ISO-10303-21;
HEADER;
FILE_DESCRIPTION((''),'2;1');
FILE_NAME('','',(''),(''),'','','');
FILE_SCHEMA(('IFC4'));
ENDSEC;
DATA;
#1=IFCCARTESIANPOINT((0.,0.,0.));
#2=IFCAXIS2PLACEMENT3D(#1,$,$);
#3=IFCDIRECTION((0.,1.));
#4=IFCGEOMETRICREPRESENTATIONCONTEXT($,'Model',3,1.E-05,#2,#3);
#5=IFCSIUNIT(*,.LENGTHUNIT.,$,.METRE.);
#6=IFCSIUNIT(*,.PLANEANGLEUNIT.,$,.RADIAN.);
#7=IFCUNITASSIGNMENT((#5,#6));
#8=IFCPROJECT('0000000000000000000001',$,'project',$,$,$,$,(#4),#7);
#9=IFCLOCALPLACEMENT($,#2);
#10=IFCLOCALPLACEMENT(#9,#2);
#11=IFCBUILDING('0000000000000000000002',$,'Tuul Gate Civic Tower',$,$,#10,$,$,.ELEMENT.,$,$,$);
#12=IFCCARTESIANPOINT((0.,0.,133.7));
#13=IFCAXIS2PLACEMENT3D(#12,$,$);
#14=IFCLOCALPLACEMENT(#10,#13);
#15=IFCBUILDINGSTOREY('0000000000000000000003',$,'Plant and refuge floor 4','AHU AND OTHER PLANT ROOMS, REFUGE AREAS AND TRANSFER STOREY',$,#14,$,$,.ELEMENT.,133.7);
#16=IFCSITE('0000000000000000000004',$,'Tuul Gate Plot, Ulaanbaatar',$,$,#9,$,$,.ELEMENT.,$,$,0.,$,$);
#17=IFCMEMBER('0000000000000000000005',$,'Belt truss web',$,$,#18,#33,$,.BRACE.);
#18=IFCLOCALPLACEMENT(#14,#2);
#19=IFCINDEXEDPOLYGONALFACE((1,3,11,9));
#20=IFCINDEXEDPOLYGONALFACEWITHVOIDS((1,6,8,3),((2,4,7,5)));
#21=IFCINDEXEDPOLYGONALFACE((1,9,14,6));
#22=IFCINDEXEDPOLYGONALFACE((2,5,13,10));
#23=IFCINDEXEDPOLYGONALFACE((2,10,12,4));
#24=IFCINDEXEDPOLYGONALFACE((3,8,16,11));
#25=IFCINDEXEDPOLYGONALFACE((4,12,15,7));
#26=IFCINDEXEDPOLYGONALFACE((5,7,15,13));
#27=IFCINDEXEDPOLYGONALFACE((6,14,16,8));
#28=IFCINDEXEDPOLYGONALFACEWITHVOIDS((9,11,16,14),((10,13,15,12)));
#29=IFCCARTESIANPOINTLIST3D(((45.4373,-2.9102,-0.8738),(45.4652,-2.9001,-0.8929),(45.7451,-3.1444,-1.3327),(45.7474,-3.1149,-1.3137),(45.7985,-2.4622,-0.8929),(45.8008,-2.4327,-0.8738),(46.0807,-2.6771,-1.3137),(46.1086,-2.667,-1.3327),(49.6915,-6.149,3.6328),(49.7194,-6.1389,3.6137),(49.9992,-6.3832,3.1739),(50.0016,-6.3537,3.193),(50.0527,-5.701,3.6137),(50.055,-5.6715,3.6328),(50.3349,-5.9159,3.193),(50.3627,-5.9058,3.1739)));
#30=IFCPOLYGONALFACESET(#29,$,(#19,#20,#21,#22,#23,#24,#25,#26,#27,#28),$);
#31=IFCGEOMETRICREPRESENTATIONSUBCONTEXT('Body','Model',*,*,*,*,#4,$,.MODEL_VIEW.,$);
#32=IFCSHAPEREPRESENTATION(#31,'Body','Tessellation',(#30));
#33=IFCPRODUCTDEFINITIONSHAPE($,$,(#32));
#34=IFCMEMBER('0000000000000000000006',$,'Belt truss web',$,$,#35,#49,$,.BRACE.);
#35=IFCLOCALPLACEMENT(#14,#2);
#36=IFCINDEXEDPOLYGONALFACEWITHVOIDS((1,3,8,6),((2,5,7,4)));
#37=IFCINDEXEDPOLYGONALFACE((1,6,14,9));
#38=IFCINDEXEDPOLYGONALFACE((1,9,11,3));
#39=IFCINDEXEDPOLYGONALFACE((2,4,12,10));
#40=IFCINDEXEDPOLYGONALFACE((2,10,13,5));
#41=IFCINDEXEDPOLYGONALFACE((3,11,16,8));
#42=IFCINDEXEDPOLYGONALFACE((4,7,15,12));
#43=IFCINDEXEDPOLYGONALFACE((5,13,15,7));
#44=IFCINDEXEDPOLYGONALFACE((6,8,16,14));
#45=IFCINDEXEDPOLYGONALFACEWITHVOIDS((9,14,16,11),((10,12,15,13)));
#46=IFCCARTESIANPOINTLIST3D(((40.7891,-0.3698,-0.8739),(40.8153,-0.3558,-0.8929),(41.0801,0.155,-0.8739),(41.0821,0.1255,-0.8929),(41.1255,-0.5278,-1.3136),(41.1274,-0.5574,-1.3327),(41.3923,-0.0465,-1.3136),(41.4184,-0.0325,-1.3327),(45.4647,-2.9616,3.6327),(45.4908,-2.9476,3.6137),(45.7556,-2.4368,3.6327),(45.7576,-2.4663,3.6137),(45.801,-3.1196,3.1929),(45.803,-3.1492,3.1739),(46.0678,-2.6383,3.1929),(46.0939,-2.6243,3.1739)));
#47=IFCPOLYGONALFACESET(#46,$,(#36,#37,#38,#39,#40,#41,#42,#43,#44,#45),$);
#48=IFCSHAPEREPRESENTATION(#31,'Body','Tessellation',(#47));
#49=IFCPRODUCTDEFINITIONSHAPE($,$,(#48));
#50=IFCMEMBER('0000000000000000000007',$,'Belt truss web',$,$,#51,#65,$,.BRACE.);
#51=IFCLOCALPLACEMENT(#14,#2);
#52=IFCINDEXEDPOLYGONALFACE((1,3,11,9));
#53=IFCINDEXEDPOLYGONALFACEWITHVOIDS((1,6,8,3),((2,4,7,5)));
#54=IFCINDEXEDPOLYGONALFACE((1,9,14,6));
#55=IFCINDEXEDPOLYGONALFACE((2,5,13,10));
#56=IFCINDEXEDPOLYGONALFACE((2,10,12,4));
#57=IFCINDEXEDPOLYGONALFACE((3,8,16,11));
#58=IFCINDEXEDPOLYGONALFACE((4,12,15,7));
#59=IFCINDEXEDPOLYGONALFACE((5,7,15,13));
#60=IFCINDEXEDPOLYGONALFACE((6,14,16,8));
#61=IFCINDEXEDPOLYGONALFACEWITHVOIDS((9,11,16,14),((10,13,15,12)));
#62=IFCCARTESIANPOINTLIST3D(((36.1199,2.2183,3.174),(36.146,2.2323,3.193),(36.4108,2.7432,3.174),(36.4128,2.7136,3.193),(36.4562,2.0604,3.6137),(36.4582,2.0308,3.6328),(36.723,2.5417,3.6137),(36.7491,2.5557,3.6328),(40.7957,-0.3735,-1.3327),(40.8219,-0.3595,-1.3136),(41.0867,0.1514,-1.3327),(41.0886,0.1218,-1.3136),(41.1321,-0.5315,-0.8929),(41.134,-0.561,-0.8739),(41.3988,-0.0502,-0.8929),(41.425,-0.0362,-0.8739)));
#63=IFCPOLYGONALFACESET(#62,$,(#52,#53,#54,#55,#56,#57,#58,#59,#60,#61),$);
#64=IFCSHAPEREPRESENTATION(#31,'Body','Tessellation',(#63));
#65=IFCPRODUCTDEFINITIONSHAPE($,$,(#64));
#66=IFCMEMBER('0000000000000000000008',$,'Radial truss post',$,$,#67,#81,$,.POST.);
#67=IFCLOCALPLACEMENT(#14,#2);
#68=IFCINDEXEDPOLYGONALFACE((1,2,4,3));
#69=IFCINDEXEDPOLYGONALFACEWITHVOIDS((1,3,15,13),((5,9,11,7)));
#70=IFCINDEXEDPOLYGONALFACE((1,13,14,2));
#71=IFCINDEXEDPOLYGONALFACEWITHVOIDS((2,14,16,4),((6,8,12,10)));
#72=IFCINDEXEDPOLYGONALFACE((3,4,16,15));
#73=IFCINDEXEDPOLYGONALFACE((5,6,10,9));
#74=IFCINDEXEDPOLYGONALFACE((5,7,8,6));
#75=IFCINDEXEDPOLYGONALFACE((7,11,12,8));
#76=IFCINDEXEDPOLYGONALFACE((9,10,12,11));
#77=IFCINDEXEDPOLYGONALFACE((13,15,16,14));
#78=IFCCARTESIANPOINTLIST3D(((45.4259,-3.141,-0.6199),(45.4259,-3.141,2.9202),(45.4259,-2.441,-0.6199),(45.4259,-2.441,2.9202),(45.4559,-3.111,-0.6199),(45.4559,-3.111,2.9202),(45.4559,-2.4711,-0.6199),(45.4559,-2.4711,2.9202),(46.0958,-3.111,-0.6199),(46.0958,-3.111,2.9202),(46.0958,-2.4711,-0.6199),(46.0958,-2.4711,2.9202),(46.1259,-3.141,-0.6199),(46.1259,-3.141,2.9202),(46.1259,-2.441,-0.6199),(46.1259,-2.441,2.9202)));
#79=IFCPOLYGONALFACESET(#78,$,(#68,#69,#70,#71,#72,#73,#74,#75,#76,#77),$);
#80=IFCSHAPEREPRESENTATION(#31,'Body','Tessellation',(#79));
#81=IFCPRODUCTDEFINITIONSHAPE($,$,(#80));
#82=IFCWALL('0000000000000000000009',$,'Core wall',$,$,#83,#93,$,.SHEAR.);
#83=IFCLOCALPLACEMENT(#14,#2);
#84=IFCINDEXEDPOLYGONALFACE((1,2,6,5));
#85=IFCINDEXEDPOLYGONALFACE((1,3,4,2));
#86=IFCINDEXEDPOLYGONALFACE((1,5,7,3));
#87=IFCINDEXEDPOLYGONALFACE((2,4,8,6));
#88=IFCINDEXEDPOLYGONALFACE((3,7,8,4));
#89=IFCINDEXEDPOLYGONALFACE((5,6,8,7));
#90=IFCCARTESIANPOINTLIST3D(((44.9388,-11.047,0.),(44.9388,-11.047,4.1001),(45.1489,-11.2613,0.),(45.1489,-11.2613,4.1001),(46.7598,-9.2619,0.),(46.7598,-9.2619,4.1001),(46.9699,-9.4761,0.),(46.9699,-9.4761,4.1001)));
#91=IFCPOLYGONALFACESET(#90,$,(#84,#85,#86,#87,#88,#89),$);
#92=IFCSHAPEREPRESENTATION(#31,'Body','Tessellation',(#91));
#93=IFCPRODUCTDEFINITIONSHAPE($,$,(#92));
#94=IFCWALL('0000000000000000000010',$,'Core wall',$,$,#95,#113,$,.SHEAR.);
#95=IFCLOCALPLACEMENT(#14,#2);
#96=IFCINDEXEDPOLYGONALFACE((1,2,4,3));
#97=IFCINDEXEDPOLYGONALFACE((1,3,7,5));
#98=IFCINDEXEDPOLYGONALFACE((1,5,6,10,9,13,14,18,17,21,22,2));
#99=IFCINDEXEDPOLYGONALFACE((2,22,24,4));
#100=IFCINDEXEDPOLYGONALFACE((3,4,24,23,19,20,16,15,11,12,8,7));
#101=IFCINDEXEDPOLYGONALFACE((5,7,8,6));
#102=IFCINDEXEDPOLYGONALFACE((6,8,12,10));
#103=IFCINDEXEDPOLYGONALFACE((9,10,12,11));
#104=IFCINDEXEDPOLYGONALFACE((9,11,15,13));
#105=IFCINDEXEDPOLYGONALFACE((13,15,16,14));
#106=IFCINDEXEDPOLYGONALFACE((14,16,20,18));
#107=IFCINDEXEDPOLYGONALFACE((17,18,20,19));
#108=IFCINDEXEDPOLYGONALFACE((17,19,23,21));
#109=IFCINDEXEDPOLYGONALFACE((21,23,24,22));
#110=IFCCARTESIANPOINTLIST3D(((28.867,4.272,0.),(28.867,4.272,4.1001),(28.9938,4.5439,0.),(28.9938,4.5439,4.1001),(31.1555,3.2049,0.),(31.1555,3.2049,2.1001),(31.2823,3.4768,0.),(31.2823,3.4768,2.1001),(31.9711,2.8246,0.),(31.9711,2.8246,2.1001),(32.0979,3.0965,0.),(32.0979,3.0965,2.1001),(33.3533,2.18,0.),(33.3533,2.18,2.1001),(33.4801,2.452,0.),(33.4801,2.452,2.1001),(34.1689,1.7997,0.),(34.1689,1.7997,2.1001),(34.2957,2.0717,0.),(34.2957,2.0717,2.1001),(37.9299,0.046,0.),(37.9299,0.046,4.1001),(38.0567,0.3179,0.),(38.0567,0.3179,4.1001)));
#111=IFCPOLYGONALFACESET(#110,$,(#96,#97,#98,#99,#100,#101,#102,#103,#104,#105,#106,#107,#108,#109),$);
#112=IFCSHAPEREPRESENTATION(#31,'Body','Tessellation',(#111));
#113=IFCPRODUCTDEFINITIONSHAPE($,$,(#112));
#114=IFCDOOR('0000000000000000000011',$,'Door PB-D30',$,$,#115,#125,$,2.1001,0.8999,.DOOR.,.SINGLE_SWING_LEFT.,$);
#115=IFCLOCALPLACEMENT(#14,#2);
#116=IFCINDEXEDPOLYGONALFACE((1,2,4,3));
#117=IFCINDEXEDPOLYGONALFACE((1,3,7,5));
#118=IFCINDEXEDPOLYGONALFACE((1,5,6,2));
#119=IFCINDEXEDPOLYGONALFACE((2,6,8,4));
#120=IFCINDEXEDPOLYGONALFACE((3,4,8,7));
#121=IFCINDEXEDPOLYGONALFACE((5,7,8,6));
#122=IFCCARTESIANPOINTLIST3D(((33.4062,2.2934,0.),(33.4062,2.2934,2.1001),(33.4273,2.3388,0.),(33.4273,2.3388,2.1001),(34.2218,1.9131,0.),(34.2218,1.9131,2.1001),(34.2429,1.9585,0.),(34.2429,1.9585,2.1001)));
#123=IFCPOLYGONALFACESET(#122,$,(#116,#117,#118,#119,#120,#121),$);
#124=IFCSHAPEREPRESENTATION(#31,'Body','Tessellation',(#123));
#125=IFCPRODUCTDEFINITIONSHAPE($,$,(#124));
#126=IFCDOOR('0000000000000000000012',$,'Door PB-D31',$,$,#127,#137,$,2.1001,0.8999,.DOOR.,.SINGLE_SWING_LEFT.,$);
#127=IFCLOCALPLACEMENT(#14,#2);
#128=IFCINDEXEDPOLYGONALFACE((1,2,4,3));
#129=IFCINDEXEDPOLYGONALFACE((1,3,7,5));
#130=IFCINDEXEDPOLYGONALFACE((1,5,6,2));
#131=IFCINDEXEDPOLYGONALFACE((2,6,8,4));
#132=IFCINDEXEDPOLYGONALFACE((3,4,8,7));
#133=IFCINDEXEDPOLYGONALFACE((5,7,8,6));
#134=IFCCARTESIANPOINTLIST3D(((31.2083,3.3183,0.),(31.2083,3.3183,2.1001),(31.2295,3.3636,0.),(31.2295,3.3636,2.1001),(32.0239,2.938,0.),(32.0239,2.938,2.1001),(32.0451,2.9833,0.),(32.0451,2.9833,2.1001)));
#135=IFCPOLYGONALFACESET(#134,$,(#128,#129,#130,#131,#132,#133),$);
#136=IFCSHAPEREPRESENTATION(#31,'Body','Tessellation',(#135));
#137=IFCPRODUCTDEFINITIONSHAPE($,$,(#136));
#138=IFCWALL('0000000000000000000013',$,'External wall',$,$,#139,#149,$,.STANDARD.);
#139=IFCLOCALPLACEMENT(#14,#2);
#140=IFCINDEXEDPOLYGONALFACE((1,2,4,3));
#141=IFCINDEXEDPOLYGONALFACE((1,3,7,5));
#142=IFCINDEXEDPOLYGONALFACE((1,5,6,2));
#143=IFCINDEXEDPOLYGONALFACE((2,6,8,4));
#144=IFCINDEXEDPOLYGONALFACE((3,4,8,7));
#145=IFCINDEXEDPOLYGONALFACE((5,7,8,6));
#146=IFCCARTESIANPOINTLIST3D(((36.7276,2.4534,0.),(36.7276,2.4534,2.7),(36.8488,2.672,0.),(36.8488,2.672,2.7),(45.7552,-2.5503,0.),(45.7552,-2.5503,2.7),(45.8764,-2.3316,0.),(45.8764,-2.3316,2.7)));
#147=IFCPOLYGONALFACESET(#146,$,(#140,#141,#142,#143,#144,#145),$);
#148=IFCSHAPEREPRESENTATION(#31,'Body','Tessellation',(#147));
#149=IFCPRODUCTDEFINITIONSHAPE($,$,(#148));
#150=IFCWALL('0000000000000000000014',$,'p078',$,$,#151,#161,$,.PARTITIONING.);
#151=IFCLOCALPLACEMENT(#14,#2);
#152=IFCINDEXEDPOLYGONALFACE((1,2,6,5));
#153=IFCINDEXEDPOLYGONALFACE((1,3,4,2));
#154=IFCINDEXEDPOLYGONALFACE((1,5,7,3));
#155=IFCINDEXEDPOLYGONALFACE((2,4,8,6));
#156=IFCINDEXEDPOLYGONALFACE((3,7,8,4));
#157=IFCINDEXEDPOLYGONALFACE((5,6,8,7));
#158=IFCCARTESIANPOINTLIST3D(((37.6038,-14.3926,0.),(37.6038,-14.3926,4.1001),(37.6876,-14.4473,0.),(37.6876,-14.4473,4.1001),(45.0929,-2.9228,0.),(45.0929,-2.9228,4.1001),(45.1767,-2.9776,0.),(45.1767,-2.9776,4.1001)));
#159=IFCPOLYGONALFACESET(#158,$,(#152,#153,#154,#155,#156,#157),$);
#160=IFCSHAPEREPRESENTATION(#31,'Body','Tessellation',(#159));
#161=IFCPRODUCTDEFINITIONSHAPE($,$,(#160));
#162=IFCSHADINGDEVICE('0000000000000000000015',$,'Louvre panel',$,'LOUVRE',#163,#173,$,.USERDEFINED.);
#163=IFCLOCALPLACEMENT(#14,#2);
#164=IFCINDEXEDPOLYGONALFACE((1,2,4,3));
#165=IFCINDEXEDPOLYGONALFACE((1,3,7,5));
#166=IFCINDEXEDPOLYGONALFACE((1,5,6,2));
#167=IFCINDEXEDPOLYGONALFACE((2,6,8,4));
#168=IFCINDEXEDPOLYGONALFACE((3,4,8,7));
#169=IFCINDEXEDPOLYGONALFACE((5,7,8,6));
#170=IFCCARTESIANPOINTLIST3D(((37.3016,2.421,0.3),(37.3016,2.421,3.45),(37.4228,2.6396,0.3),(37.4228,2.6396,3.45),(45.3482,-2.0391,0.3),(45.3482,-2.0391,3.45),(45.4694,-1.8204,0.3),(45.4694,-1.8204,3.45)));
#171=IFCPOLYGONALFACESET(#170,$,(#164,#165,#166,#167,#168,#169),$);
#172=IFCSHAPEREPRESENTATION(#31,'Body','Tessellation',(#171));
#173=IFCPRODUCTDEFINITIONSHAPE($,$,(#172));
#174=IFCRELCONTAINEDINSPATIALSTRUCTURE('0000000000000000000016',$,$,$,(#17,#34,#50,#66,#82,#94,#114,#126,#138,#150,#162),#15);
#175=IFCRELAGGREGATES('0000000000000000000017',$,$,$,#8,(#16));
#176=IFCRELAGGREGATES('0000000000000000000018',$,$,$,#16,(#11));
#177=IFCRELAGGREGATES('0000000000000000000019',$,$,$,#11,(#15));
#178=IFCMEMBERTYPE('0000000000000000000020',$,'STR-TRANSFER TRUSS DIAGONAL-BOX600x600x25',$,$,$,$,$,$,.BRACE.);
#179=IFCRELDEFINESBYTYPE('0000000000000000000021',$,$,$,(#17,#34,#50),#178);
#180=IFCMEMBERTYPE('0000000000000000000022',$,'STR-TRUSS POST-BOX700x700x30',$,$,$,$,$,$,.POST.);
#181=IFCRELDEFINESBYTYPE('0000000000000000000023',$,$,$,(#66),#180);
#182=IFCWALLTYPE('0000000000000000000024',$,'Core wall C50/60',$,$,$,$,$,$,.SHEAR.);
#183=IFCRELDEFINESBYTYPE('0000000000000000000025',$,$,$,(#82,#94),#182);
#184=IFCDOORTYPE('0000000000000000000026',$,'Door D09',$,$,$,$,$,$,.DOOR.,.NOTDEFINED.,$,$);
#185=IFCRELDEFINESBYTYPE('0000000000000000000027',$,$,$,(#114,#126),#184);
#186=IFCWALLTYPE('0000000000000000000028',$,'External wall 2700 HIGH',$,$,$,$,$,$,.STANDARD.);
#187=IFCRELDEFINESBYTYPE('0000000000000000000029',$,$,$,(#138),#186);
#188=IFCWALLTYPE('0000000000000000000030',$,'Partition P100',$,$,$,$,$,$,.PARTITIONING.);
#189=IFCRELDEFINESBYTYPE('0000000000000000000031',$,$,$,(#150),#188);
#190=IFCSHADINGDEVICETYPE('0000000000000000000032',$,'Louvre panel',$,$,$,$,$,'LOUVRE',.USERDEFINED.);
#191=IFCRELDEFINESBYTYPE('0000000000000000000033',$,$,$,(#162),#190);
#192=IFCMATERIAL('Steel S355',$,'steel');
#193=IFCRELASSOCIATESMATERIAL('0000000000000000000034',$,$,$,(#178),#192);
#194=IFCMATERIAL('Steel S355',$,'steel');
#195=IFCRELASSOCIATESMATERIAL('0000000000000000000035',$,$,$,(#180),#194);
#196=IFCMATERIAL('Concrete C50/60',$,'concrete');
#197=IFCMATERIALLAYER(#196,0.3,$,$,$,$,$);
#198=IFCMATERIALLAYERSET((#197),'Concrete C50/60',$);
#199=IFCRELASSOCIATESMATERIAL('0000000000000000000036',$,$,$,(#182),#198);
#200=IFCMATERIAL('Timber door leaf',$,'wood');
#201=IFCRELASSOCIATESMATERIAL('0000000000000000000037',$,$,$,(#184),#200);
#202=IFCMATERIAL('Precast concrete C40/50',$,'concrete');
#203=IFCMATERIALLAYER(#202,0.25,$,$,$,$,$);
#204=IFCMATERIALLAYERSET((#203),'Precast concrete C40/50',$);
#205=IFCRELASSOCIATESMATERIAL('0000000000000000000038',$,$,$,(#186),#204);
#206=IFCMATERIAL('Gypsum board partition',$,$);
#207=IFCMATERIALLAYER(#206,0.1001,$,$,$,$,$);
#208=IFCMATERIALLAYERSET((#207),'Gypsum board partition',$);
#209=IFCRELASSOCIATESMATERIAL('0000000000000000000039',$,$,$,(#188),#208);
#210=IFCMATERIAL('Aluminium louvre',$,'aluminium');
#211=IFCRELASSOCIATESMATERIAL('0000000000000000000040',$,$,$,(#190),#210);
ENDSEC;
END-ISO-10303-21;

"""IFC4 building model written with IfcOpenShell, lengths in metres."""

from ifc_helpers import new_model, si_unit, direction, frame, frame_2d, origin, origin_2d, place, context, subcontext, project, spatial, rectangle, hollow_rectangle, extrude, material, layer, layer_set, material_profile, profile_set, type_object, element, fill, save


model = new_model("IFC4")

# Units and contexts
model_context = context("Model", 3, precision=1e-05, world=origin(), true_north=direction((0.0, 1.0)))
body_context = subcontext(model_context, "Body", "Model", "MODEL_VIEW")
ifc_project = project(units=[si_unit("LENGTHUNIT", "METRE"), si_unit("PLANEANGLEUNIT", "RADIAN")], contexts=[model_context])

# Site, building, storey
site_placement = place(None, origin())
site = spatial("IfcSite", under=ifc_project, at=site_placement, Name="Tuul Gate Plot, Ulaanbaatar", CompositionType="ELEMENT", RefElevation=0.0)
building_placement = place(site_placement, origin())
building = spatial("IfcBuilding", under=site, at=building_placement, Name="Tuul Gate Civic Tower", CompositionType="ELEMENT")
storey_placement = place(building_placement, frame((0.0, 0.0, 133.7)))
storey = spatial("IfcBuildingStorey", under=building, at=storey_placement, Name="Plant and refuge floor 4", Description="AHU AND OTHER PLANT ROOMS, REFUGE AREAS AND TRANSFER STOREY", CompositionType="ELEMENT", Elevation=133.7)

# Members
ifc_material_1 = material(Name="Steel S355", Category="steel")
ifc_material_profile_1 = material_profile(ifc_material_1, hollow_rectangle(XDim=0.6001, YDim=0.6001, WallThickness=0.0249, at=origin_2d()), Name="BOX600x600x25")
ifc_profile_set_1 = profile_set([ifc_material_profile_1], Name="Steel S355")
member_type_1 = type_object("IfcMemberType", Name="STR-TRANSFER TRUSS DIAGONAL-BOX600x600x25", PredefinedType="BRACE", material=ifc_profile_set_1)
member_1_placement = place(storey_placement, frame((45.7729, -2.7886, -1.1033), z_axis=(0.608377, -0.463169, 0.644478), x_axis=(0.605749, 0.795656, 0.0)))
element("IfcMember", 1, at=member_1_placement, inside=storey, type_object=member_type_1, Name="Belt truss web", PredefinedType="BRACE", context=body_context, shape_type="SweptSolid", body=[
    extrude(hollow_rectangle(XDim=0.6001, YDim=0.6001, WallThickness=0.0249, at=origin_2d()), origin(), (0.0, 0.0, 1.0), 6.9927),
])
member_2_placement = place(storey_placement, frame((41.1038, -0.2012, -1.1033), z_axis=(0.668702, -0.370683, 0.64454), x_axis=(0.484825, 0.874611, 0.0)))
element("IfcMember", 2, at=member_2_placement, inside=storey, type_object=member_type_1, Name="Belt truss web", PredefinedType="BRACE", context=body_context, shape_type="SweptSolid", body=[
    extrude(hollow_rectangle(XDim=0.6001, YDim=0.6001, WallThickness=0.0249, at=origin_2d()), origin(), (0.0, 0.0, 1.0), 6.9919),
])
member_3_placement = place(storey_placement, frame((41.1104, -0.2048, -1.1033), z_axis=(-0.668722, 0.370674, 0.644525), x_axis=(-0.484805, -0.874622, 0.0)))
element("IfcMember", 3, at=member_3_placement, inside=storey, type_object=member_type_1, Name="Belt truss web", PredefinedType="BRACE", context=body_context, shape_type="SweptSolid", body=[
    extrude(hollow_rectangle(XDim=0.6001, YDim=0.6001, WallThickness=0.0249, at=origin_2d()), origin(), (0.0, 0.0, 1.0), 6.9922),
])
ifc_material_2 = material(Name="Steel S355", Category="steel")
ifc_material_profile_2 = material_profile(ifc_material_2, hollow_rectangle(XDim=0.7, YDim=0.7, WallThickness=0.03, at=origin_2d()), Name="BOX700x700x30")
ifc_profile_set_2 = profile_set([ifc_material_profile_2], Name="Steel S355")
member_type_2 = type_object("IfcMemberType", Name="STR-TRUSS POST-BOX700x700x30", PredefinedType="POST", material=ifc_profile_set_2)
member_4_placement = place(storey_placement, frame((45.7759, -2.791, -0.6199), z_axis=(0.0, 0.0, 1.0), x_axis=(1.0, 0.0, 0.0)))
element("IfcMember", 4, at=member_4_placement, inside=storey, type_object=member_type_2, Name="Radial truss post", PredefinedType="POST", context=body_context, shape_type="SweptSolid", body=[
    extrude(hollow_rectangle(XDim=0.7, YDim=0.7, WallThickness=0.03, at=origin_2d()), origin(), (0.0, 0.0, 1.0), 3.54),
])

# Wall
ifc_material_3 = material(Name="Concrete C50/60", Category="concrete")
ifc_layer_1 = layer(ifc_material_3, 0.3)
ifc_layer_set_1 = layer_set([ifc_layer_1], Name="Concrete C50/60")
wall_type_1 = type_object("IfcWallType", Name="Core wall C50/60", PredefinedType="SHEAR", material=ifc_layer_set_1)
wall_1_placement = place(storey_placement, frame((45.0439, -11.1541, 0.0), z_axis=(0.0, 0.0, 1.0), x_axis=(0.714108, 0.700035, 0.0)))
element("IfcWall", 5, at=wall_1_placement, inside=storey, type_object=wall_type_1, Name="Core wall", PredefinedType="SHEAR", context=body_context, shape_type="SweptSolid", body=[
    extrude(rectangle(XDim=2.55, YDim=0.3, at=frame_2d((1.2749, 0.0))), origin(), (0.0, 0.0, 1.0), 4.1001),
])

# Wall, openings, doors
wall_2_placement = place(storey_placement, frame((37.9934, 0.1819, 0.0), z_axis=(0.0, 0.0, 1.0), x_axis=(-0.90631, 0.422613, 0.0)))
wall_2 = element("IfcWall", 6, at=wall_2_placement, inside=storey, type_object=wall_type_1, Name="Core wall", PredefinedType="SHEAR", context=body_context, shape_type="SweptSolid", body=[
    extrude(rectangle(XDim=9.9998, YDim=0.3, at=frame_2d((5.0, 0.0))), origin(), (0.0, 0.0, 1.0), 4.1001),
])
opening_1_placement = place(wall_2_placement, frame((4.1499, 0.0, 0.0)))
opening_1 = element("IfcOpeningElement", 7, at=opening_1_placement, cuts=wall_2, PredefinedType="OPENING", context=body_context, shape_type="SweptSolid", body=[
    extrude(rectangle(XDim=0.8999, YDim=2.1001, at=frame_2d((0.45, 1.05))), frame((0.0, 0.1602, 0.0), z_axis=(0.0, -1.0, 0.0), x_axis=(1.0, 0.0, 0.0)), (0.0, 0.0, 1.0), 0.3201),
])
opening_2_placement = place(wall_2_placement, frame((6.575, 0.0, 0.0)))
opening_2 = element("IfcOpeningElement", 8, at=opening_2_placement, cuts=wall_2, PredefinedType="OPENING", context=body_context, shape_type="SweptSolid", body=[
    extrude(rectangle(XDim=0.8999, YDim=2.1001, at=frame_2d((0.45, 1.05))), frame((0.0, 0.1602, 0.0), z_axis=(0.0, -1.0, 0.0), x_axis=(1.0, 0.0, 0.0)), (0.0, 0.0, 1.0), 0.3201),
])
ifc_material_4 = material(Name="Timber door leaf", Category="wood")
door_type = type_object("IfcDoorType", Name="Door D09", OperationType="NOTDEFINED", PredefinedType="DOOR", material=ifc_material_4)
door_1_placement = place(opening_1_placement, origin())
door_1 = element("IfcDoor", 9, at=door_1_placement, inside=storey, type_object=door_type, Name="Door PB-D30", OperationType="SINGLE_SWING_LEFT", OverallHeight=2.1001, OverallWidth=0.8999, PredefinedType="DOOR", context=body_context, shape_type="SweptSolid", body=[
    extrude(rectangle(XDim=0.8999, YDim=2.1001, at=frame_2d((0.45, 1.05))), frame((0.0, 0.0249, 0.0), z_axis=(0.0, -1.0, 0.0), x_axis=(1.0, 0.0, 0.0)), (0.0, 0.0, 1.0), 0.05),
])
fill(opening_1, door_1)
door_2_placement = place(opening_2_placement, origin())
door_2 = element("IfcDoor", 10, at=door_2_placement, inside=storey, type_object=door_type, Name="Door PB-D31", OperationType="SINGLE_SWING_LEFT", OverallHeight=2.1001, OverallWidth=0.8999, PredefinedType="DOOR", context=body_context, shape_type="SweptSolid", body=[
    extrude(rectangle(XDim=0.8999, YDim=2.1001, at=frame_2d((0.45, 1.05))), frame((0.0, 0.0249, 0.0), z_axis=(0.0, -1.0, 0.0), x_axis=(1.0, 0.0, 0.0)), (0.0, 0.0, 1.0), 0.05),
])
fill(opening_2, door_2)

# Walls
ifc_material_5 = material(Name="Precast concrete C40/50", Category="concrete")
ifc_layer_2 = layer(ifc_material_5, 0.25)
ifc_layer_set_2 = layer_set([ifc_layer_2], Name="Precast concrete C40/50")
wall_type_2 = type_object("IfcWallType", Name="External wall 2700 HIGH", PredefinedType="STANDARD", material=ifc_layer_set_2)
wall_3_placement = place(storey_placement, frame((45.8157, -2.4409, 0.0), z_axis=(0.0, 0.0, 1.0), x_axis=(-0.874637, 0.484779, 0.0)))
element("IfcWall", 11, at=wall_3_placement, inside=storey, type_object=wall_type_2, Name="External wall", PredefinedType="STANDARD", context=body_context, shape_type="SweptSolid", body=[
    extrude(rectangle(XDim=10.3215, YDim=0.25, at=frame_2d((5.1606, 0.0))), origin(), (0.0, 0.0, 1.0), 2.7),
])
ifc_material_6 = material(Name="Gypsum board partition")
ifc_layer_3 = layer(ifc_material_6, 0.1001)
ifc_layer_set_3 = layer_set([ifc_layer_3], Name="Gypsum board partition")
wall_type_3 = type_object("IfcWallType", Name="Partition P100", PredefinedType="PARTITIONING", material=ifc_layer_set_3)
wall_4_placement = place(storey_placement, frame((45.1348, -2.9502, 0.0), z_axis=(0.0, 0.0, 1.0), x_axis=(-0.546716, -0.837318, 0.0)))
element("IfcWall", 12, at=wall_4_placement, inside=storey, type_object=wall_type_3, Name="p078", PredefinedType="PARTITIONING", context=body_context, shape_type="SweptSolid", body=[
    extrude(rectangle(XDim=13.6982, YDim=0.1001, at=frame_2d((6.8491, 0.0))), origin(), (0.0, 0.0, 1.0), 4.1001),
])

# Shading device
ifc_material_7 = material(Name="Aluminium louvre", Category="aluminium")
shading_device_type = type_object("IfcShadingDeviceType", Name="Louvre panel", ElementType="LOUVRE", PredefinedType="USERDEFINED", material=ifc_material_7)
shading_device_placement = place(storey_placement, frame((41.3855, 0.3003, 0.3), z_axis=(0.0, 0.0, 1.0), x_axis=(0.484789, 0.874631, 0.0)))
element("IfcShadingDevice", 13, at=shading_device_placement, inside=storey, type_object=shading_device_type, Name="Louvre panel", ObjectType="LOUVRE", PredefinedType="USERDEFINED", context=body_context, shape_type="SweptSolid", body=[
    extrude(rectangle(XDim=0.25, YDim=9.2, at=origin_2d()), origin(), (0.0, 0.0, 1.0), 3.1499),
])

save(model, "model.ifc")
